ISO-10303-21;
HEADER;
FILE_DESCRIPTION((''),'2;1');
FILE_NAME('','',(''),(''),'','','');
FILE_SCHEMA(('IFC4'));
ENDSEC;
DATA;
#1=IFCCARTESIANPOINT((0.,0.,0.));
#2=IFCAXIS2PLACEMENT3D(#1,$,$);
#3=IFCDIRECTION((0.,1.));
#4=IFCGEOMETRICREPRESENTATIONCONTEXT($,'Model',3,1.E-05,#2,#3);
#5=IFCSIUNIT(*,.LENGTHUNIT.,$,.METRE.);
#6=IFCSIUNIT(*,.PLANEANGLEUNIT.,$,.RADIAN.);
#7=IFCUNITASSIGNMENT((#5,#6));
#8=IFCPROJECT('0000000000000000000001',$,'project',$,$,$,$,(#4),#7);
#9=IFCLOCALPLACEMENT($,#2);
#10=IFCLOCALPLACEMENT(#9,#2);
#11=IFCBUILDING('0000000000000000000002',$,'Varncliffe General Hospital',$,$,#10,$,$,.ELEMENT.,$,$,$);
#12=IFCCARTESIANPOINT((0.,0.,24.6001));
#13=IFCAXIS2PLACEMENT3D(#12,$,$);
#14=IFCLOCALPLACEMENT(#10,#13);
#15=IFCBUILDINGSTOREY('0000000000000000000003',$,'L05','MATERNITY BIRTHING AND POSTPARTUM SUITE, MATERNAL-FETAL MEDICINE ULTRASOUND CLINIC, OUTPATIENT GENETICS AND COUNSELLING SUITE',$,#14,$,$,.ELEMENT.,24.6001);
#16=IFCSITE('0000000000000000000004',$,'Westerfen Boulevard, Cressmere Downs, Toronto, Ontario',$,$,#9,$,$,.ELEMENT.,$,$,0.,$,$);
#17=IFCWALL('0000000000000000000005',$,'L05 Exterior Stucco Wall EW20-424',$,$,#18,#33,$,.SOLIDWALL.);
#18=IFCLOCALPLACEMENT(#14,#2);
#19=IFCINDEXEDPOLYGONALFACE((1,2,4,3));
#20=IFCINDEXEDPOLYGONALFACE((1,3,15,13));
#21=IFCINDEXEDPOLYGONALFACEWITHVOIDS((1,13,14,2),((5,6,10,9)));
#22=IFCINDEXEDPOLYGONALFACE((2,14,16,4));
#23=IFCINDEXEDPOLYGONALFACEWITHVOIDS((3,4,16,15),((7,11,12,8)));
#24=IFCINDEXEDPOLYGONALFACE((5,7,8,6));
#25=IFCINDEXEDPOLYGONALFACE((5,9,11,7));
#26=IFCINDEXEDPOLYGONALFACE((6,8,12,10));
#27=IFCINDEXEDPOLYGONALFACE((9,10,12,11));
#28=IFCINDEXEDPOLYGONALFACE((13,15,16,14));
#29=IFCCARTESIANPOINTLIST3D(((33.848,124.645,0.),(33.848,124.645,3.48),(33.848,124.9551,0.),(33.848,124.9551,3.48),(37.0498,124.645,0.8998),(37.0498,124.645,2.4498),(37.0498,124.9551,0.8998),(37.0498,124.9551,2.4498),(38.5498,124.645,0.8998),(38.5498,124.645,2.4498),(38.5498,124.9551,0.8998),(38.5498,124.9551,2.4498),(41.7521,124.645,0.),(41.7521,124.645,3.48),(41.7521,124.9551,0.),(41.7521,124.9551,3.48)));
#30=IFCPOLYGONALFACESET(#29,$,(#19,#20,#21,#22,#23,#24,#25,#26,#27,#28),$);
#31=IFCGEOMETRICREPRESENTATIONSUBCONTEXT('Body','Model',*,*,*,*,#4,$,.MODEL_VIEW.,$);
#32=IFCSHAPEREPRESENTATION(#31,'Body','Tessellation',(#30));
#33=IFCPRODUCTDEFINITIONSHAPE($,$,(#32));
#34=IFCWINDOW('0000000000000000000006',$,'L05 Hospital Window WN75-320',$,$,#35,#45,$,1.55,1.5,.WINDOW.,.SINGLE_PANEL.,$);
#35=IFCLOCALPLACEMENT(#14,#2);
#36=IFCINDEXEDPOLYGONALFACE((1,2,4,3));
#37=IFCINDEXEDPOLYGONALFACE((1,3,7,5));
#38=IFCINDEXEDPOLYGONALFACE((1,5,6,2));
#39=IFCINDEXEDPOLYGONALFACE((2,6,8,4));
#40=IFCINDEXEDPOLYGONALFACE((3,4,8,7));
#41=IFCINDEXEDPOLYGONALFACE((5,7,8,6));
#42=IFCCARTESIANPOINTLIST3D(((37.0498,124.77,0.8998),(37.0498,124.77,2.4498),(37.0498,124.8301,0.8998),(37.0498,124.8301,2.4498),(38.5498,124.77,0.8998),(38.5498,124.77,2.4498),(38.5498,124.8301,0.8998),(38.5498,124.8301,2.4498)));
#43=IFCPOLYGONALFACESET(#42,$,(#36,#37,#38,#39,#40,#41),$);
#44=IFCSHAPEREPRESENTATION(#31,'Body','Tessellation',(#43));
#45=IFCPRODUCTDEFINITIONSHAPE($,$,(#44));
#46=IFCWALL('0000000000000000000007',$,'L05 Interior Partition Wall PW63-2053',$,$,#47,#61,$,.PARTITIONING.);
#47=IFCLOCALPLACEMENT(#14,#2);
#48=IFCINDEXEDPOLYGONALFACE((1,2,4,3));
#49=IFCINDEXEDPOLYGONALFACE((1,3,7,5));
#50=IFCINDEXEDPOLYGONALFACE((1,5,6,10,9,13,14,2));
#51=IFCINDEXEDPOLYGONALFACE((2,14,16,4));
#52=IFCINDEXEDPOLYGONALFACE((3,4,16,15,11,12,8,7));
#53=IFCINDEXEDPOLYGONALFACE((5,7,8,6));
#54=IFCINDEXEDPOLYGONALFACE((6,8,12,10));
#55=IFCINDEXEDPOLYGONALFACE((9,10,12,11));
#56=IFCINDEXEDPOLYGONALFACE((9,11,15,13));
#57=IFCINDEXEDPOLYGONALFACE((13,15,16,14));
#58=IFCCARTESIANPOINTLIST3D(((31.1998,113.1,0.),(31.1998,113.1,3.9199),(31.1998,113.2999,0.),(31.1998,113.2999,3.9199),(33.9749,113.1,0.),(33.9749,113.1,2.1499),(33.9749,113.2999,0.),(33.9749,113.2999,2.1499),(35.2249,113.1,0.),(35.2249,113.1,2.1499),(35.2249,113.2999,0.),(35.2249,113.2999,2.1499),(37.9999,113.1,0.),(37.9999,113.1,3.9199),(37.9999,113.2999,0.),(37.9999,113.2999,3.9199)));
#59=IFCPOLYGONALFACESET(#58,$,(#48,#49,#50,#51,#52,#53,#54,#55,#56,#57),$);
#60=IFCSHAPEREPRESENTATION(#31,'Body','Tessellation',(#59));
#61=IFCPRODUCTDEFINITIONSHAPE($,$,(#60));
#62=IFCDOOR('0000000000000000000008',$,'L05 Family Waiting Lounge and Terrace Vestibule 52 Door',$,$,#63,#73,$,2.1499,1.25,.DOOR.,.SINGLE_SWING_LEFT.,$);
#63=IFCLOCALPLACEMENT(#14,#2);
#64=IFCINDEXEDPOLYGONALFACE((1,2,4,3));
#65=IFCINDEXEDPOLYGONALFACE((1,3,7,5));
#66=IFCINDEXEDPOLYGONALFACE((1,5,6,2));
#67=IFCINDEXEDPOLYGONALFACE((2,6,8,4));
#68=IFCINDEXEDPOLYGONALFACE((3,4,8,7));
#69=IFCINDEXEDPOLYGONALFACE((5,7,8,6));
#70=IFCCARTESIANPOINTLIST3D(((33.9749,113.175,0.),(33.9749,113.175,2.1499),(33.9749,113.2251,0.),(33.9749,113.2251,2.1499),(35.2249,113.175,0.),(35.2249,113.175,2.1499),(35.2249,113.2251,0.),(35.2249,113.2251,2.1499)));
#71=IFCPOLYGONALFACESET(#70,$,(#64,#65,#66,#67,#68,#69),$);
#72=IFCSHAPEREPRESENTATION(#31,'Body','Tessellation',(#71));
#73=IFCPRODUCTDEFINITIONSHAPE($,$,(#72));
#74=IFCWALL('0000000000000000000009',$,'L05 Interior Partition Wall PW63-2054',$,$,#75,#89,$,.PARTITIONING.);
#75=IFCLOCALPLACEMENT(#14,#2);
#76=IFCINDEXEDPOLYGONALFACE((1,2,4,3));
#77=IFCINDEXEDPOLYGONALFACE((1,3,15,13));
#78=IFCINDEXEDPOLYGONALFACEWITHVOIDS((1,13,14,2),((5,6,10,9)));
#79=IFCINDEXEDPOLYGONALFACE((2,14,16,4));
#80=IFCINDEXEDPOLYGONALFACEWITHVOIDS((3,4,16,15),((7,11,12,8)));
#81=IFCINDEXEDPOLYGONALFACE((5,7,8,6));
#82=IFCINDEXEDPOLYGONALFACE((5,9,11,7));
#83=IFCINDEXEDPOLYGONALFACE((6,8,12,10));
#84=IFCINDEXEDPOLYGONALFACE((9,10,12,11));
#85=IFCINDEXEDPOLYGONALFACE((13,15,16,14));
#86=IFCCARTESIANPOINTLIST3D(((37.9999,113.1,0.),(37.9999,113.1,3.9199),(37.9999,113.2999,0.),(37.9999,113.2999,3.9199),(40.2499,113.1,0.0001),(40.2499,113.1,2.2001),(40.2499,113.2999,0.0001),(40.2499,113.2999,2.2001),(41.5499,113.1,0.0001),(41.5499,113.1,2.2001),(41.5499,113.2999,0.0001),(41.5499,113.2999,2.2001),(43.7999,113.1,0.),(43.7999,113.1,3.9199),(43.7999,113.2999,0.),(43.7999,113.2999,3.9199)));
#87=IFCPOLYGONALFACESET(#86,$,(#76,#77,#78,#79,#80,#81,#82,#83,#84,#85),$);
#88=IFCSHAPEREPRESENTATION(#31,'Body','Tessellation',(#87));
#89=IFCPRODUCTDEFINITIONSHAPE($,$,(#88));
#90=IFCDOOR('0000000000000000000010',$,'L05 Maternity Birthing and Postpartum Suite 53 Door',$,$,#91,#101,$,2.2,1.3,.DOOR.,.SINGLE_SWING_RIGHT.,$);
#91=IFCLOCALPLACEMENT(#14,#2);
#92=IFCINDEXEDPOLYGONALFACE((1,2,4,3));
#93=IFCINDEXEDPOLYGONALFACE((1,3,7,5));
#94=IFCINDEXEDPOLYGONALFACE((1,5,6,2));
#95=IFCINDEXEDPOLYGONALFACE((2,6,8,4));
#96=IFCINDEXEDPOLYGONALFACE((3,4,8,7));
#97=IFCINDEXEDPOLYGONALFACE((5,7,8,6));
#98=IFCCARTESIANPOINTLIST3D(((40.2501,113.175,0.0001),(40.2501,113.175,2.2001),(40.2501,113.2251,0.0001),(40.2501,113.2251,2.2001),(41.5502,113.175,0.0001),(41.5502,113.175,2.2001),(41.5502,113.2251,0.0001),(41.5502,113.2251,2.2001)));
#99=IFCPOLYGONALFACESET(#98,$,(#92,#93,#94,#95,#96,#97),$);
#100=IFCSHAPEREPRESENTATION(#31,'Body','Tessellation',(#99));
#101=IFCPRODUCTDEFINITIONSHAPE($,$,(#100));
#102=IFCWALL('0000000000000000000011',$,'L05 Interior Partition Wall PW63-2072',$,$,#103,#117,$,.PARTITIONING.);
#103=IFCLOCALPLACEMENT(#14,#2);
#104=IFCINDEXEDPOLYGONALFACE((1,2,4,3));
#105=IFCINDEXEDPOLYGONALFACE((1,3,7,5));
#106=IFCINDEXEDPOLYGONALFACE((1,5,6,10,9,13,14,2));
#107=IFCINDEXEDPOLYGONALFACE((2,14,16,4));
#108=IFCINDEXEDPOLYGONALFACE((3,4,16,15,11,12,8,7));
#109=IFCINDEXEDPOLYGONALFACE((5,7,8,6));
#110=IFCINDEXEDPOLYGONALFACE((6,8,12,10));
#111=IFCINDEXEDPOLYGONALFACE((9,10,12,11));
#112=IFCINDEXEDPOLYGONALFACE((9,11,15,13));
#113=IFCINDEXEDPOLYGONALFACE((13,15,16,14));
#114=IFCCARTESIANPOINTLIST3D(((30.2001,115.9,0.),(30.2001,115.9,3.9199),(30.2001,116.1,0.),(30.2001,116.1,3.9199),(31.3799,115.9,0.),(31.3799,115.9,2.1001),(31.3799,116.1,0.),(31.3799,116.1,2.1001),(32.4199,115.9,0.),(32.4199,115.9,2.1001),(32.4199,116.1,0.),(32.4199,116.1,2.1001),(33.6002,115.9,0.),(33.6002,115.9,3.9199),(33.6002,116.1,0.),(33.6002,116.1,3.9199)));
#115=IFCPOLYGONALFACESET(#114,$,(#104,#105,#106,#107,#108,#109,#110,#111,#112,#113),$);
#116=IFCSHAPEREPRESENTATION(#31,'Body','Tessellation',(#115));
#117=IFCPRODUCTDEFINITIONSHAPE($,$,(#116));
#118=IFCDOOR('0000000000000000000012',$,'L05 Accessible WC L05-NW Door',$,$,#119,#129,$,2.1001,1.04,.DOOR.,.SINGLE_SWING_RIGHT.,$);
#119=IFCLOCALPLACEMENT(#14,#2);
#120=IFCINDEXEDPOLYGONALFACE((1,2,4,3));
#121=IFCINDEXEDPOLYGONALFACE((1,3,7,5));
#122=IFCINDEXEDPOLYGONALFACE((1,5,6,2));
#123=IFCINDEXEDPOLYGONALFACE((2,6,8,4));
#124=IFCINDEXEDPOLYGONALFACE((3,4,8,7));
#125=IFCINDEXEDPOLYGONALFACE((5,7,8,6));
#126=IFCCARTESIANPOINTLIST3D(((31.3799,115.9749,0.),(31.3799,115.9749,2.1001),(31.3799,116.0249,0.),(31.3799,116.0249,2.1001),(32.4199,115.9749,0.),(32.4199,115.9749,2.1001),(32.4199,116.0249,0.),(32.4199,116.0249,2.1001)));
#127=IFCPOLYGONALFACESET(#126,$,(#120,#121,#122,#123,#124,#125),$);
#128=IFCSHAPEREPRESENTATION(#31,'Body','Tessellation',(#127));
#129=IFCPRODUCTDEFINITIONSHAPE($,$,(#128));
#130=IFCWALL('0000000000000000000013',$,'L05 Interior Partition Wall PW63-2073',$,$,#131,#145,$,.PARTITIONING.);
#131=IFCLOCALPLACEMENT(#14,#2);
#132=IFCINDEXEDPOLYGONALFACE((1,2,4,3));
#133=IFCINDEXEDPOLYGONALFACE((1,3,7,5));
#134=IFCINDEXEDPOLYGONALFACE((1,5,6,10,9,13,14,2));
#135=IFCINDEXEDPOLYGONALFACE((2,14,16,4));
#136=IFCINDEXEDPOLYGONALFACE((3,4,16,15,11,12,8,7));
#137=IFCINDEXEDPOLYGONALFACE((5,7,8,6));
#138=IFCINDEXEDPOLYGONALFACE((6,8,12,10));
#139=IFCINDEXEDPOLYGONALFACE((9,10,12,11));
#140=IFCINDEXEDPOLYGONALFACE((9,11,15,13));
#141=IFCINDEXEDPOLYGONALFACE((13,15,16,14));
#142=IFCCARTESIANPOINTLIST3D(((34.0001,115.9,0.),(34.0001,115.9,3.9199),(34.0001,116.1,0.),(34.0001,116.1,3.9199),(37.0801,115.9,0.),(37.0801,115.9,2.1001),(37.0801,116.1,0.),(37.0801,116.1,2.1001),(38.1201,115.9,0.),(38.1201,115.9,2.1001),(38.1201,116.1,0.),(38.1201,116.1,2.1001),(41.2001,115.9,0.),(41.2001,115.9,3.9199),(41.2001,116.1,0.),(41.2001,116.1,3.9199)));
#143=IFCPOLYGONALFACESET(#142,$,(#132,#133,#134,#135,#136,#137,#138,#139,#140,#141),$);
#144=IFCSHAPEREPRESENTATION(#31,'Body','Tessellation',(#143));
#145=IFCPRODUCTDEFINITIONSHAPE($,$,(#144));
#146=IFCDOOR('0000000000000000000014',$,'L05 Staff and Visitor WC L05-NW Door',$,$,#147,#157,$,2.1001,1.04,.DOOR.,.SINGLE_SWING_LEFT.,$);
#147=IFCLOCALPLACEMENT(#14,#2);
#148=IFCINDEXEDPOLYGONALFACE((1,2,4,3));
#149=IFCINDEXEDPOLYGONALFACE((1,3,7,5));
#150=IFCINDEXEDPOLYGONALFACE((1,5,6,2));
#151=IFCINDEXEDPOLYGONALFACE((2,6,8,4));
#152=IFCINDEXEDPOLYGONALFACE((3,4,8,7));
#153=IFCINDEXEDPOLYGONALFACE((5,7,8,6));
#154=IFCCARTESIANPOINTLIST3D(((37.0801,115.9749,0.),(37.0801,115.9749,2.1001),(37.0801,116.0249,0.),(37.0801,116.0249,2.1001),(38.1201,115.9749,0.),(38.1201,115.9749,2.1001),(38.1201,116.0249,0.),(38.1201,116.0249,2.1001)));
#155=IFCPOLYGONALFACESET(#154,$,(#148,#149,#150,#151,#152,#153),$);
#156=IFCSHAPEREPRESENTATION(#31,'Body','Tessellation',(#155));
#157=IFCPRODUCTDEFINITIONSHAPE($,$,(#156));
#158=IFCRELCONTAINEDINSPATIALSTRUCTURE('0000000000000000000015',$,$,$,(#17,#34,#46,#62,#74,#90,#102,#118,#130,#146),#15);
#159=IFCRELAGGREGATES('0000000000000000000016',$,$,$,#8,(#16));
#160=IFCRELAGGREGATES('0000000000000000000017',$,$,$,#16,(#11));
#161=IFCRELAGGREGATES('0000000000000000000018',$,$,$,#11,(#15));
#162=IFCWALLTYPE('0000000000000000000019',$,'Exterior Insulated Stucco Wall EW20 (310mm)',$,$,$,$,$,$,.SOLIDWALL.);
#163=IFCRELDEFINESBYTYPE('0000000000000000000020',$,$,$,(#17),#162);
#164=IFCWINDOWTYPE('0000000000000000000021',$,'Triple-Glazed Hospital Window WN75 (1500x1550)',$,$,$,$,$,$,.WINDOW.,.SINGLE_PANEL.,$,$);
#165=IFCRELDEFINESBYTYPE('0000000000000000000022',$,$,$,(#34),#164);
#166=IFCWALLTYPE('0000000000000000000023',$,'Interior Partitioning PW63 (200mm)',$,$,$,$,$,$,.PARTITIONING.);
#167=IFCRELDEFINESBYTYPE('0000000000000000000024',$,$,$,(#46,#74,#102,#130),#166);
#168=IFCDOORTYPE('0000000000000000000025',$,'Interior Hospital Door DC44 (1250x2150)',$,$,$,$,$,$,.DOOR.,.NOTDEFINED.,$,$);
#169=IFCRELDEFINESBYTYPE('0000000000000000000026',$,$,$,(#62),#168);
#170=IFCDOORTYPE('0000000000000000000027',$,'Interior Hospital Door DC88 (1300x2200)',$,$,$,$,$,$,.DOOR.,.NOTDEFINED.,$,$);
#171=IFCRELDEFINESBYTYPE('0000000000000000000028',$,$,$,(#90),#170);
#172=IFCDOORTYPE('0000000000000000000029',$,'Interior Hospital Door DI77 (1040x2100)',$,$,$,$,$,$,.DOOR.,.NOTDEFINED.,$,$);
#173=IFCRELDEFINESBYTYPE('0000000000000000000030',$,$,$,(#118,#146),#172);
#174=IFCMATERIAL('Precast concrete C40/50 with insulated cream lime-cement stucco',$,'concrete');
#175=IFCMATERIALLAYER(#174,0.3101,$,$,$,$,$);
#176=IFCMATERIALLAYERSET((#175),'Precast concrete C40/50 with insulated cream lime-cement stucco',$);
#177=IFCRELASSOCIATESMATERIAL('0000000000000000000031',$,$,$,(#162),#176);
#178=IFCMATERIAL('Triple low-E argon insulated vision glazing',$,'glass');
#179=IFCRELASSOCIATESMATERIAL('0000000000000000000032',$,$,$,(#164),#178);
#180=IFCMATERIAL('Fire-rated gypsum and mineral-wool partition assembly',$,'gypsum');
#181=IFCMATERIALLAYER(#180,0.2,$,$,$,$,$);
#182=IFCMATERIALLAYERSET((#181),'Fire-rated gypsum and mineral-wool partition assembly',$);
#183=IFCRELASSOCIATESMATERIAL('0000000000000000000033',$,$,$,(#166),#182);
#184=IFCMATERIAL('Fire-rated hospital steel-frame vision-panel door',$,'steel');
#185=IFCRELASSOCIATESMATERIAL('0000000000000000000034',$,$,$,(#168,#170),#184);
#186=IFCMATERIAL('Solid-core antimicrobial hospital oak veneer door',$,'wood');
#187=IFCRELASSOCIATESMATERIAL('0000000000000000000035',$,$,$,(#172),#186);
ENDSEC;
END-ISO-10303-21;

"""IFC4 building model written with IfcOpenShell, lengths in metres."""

from ifc_helpers import new_model, si_unit, direction, frame, frame_2d, origin, place, context, subcontext, project, spatial, rectangle, extrude, material, layer, layer_set, type_object, element, fill, save


model = new_model("IFC4")

# Units and contexts
model_context = context("Model", 3, precision=1e-05, world=origin(), true_north=direction((0.0, 1.0)))
body_context = subcontext(model_context, "Body", "Model", "MODEL_VIEW")
ifc_project = project(units=[si_unit("LENGTHUNIT", "METRE"), si_unit("PLANEANGLEUNIT", "RADIAN")], contexts=[model_context])

# Site, building, storey
site_placement = place(None, origin())
site = spatial("IfcSite", under=ifc_project, at=site_placement, Name="Westerfen Boulevard, Cressmere Downs, Toronto, Ontario", CompositionType="ELEMENT", RefElevation=0.0)
building_placement = place(site_placement, origin())
building = spatial("IfcBuilding", under=site, at=building_placement, Name="Varncliffe General Hospital", CompositionType="ELEMENT")
storey_placement = place(building_placement, frame((0.0, 0.0, 24.6001)))
storey = spatial("IfcBuildingStorey", under=building, at=storey_placement, Name="L05", Description="MATERNITY BIRTHING AND POSTPARTUM SUITE, MATERNAL-FETAL MEDICINE ULTRASOUND CLINIC, OUTPATIENT GENETICS AND COUNSELLING SUITE", CompositionType="ELEMENT", Elevation=24.6001)

# Wall, opening, window
ifc_material_1 = material(Name="Precast concrete C40/50 with insulated cream lime-cement stucco", Category="concrete")
ifc_layer_1 = layer(ifc_material_1, 0.3101)
ifc_layer_set_1 = layer_set([ifc_layer_1], Name="Precast concrete C40/50 with insulated cream lime-cement stucco")
wall_type_1 = type_object("IfcWallType", Name="Exterior Insulated Stucco Wall EW20 (310mm)", PredefinedType="SOLIDWALL", material=ifc_layer_set_1)
wall_1_placement = place(storey_placement, frame((33.8479, 124.8, 0.0), z_axis=(0.0, 0.0, 1.0), x_axis=(1.0, 0.0, 0.0)))
wall_1 = element("IfcWall", 1, at=wall_1_placement, inside=storey, type_object=wall_type_1, Name="L05 Exterior Stucco Wall EW20-424", PredefinedType="SOLIDWALL", context=body_context, shape_type="SweptSolid", body=[
    extrude(rectangle(XDim=7.9041, YDim=0.3101, at=frame_2d((3.9521, 0.0))), origin(), (0.0, 0.0, 1.0), 3.48),
])
opening_1_placement = place(wall_1_placement, frame((3.2019, 0.0, 0.8999)))
opening_1 = element("IfcOpeningElement", 2, at=opening_1_placement, cuts=wall_1, PredefinedType="OPENING", context=body_context, shape_type="SweptSolid", body=[
    extrude(rectangle(XDim=1.5, YDim=1.55, at=frame_2d((0.75, 0.7749))), frame((0.0, 0.165, 0.0), z_axis=(0.0, -1.0, 0.0), x_axis=(1.0, 0.0, 0.0)), (0.0, 0.0, 1.0), 0.3301),
])
ifc_material_2 = material(Name="Triple low-E argon insulated vision glazing", Category="glass")
window_type = type_object("IfcWindowType", Name="Triple-Glazed Hospital Window WN75 (1500x1550)", PartitioningType="SINGLE_PANEL", PredefinedType="WINDOW", material=ifc_material_2)
window_placement = place(opening_1_placement, origin())
window = element("IfcWindow", 3, at=window_placement, inside=storey, type_object=window_type, Name="L05 Hospital Window WN75-320", OverallHeight=1.55, OverallWidth=1.5, PartitioningType="SINGLE_PANEL", PredefinedType="WINDOW", context=body_context, shape_type="SweptSolid", body=[
    extrude(rectangle(XDim=1.5, YDim=1.55, at=frame_2d((0.75, 0.7749))), frame((0.0, 0.03, 0.0), z_axis=(0.0, -1.0, 0.0), x_axis=(1.0, 0.0, 0.0)), (0.0, 0.0, 1.0), 0.0601),
])
fill(opening_1, window)

# Walls, openings, doors
ifc_material_3 = material(Name="Fire-rated gypsum and mineral-wool partition assembly", Category="gypsum")
ifc_layer_2 = layer(ifc_material_3, 0.2)
ifc_layer_set_2 = layer_set([ifc_layer_2], Name="Fire-rated gypsum and mineral-wool partition assembly")
wall_type_2 = type_object("IfcWallType", Name="Interior Partitioning PW63 (200mm)", PredefinedType="PARTITIONING", material=ifc_layer_set_2)
wall_2_placement = place(storey_placement, frame((31.2, 113.2, 0.0), z_axis=(0.0, 0.0, 1.0), x_axis=(1.0, 0.0, 0.0)))
wall_2 = element("IfcWall", 4, at=wall_2_placement, inside=storey, type_object=wall_type_2, Name="L05 Interior Partition Wall PW63-2053", PredefinedType="PARTITIONING", context=body_context, shape_type="SweptSolid", body=[
    extrude(rectangle(XDim=6.8, YDim=0.2, at=frame_2d((3.3999, 0.0))), origin(), (0.0, 0.0, 1.0), 3.9199),
])
opening_2_placement = place(wall_2_placement, frame((2.7749, 0.0, 0.0)))
opening_2 = element("IfcOpeningElement", 5, at=opening_2_placement, cuts=wall_2, PredefinedType="OPENING", context=body_context, shape_type="SweptSolid", body=[
    extrude(rectangle(XDim=1.25, YDim=2.1499, at=frame_2d((0.625, 1.075))), frame((0.0, 0.1099, 0.0), z_axis=(0.0, -1.0, 0.0), x_axis=(1.0, 0.0, 0.0)), (0.0, 0.0, 1.0), 0.22),
])
ifc_material_4 = material(Name="Fire-rated hospital steel-frame vision-panel door", Category="steel")
door_type_1 = type_object("IfcDoorType", Name="Interior Hospital Door DC44 (1250x2150)", OperationType="NOTDEFINED", PredefinedType="DOOR", material=ifc_material_4)
door_1_placement = place(opening_2_placement, frame((1.25, 0.0, 0.0), z_axis=(0.0, 0.0, 1.0), x_axis=(-1.0, 0.0, 0.0)))
door_1 = element("IfcDoor", 6, at=door_1_placement, inside=storey, type_object=door_type_1, Name="L05 Family Waiting Lounge and Terrace Vestibule 52 Door", OperationType="SINGLE_SWING_LEFT", OverallHeight=2.1499, OverallWidth=1.25, PredefinedType="DOOR", context=body_context, shape_type="SweptSolid", body=[
    extrude(rectangle(XDim=1.25, YDim=2.1499, at=frame_2d((0.625, 1.075))), frame((0.0, 0.0249, 0.0), z_axis=(0.0, -1.0, 0.0), x_axis=(1.0, 0.0, 0.0)), (0.0, 0.0, 1.0), 0.05),
])
fill(opening_2, door_1)
wall_3_placement = place(storey_placement, frame((38.0, 113.2, 0.0), z_axis=(0.0, 0.0, 1.0), x_axis=(1.0, 0.0, 0.0)))
wall_3 = element("IfcWall", 7, at=wall_3_placement, inside=storey, type_object=wall_type_2, Name="L05 Interior Partition Wall PW63-2054", PredefinedType="PARTITIONING", context=body_context, shape_type="SweptSolid", body=[
    extrude(rectangle(XDim=5.8, YDim=0.2, at=frame_2d((2.8999, 0.0))), origin(), (0.0, 0.0, 1.0), 3.9199),
])
opening_3_placement = place(wall_3_placement, frame((2.25, 0.0, 0.0)))
opening_3 = element("IfcOpeningElement", 8, at=opening_3_placement, cuts=wall_3, PredefinedType="OPENING", context=body_context, shape_type="SweptSolid", body=[
    extrude(rectangle(XDim=1.3, YDim=2.2, at=frame_2d((0.6499, 1.1001))), frame((0.0, 0.1099, 0.0), z_axis=(0.0, -1.0, 0.0), x_axis=(1.0, 0.0, 0.0)), (0.0, 0.0, 1.0), 0.22),
])
door_type_2 = type_object("IfcDoorType", Name="Interior Hospital Door DC88 (1300x2200)", OperationType="NOTDEFINED", PredefinedType="DOOR", material=ifc_material_4)
door_2_placement = place(opening_3_placement, frame((1.3, 0.0, 0.0), z_axis=(0.0, 0.0, 1.0), x_axis=(-1.0, 0.0, 0.0)))
door_2 = element("IfcDoor", 9, at=door_2_placement, inside=storey, type_object=door_type_2, Name="L05 Maternity Birthing and Postpartum Suite 53 Door", OperationType="SINGLE_SWING_RIGHT", OverallHeight=2.2, OverallWidth=1.3, PredefinedType="DOOR", context=body_context, shape_type="SweptSolid", body=[
    extrude(rectangle(XDim=1.3, YDim=2.2, at=frame_2d((0.6499, 1.1001))), frame((0.0, 0.0249, 0.0), z_axis=(0.0, -1.0, 0.0), x_axis=(1.0, 0.0, 0.0)), (0.0, 0.0, 1.0), 0.05),
])
fill(opening_3, door_2)
wall_4_placement = place(storey_placement, frame((30.2, 116.0, 0.0), z_axis=(0.0, 0.0, 1.0), x_axis=(1.0, 0.0, 0.0)))
wall_4 = element("IfcWall", 10, at=wall_4_placement, inside=storey, type_object=wall_type_2, Name="L05 Interior Partition Wall PW63-2072", PredefinedType="PARTITIONING", context=body_context, shape_type="SweptSolid", body=[
    extrude(rectangle(XDim=3.4001, YDim=0.2, at=frame_2d((1.7002, 0.0))), origin(), (0.0, 0.0, 1.0), 3.9199),
])
opening_4_placement = place(wall_4_placement, frame((1.1799, 0.0, 0.0)))
opening_4 = element("IfcOpeningElement", 11, at=opening_4_placement, cuts=wall_4, PredefinedType="OPENING", context=body_context, shape_type="SweptSolid", body=[
    extrude(rectangle(XDim=1.04, YDim=2.1001, at=frame_2d((0.52, 1.05))), frame((0.0, 0.1099, 0.0), z_axis=(0.0, -1.0, 0.0), x_axis=(1.0, 0.0, 0.0)), (0.0, 0.0, 1.0), 0.22),
])
ifc_material_5 = material(Name="Solid-core antimicrobial hospital oak veneer door", Category="wood")
door_type_3 = type_object("IfcDoorType", Name="Interior Hospital Door DI77 (1040x2100)", OperationType="NOTDEFINED", PredefinedType="DOOR", material=ifc_material_5)
door_3_placement = place(opening_4_placement, origin())
door_3 = element("IfcDoor", 12, at=door_3_placement, inside=storey, type_object=door_type_3, Name="L05 Accessible WC L05-NW Door", OperationType="SINGLE_SWING_RIGHT", OverallHeight=2.1001, OverallWidth=1.04, PredefinedType="DOOR", context=body_context, shape_type="SweptSolid", body=[
    extrude(rectangle(XDim=1.04, YDim=2.1001, at=frame_2d((0.52, 1.05))), frame((0.0, 0.0249, 0.0), z_axis=(0.0, -1.0, 0.0), x_axis=(1.0, 0.0, 0.0)), (0.0, 0.0, 1.0), 0.05),
])
fill(opening_4, door_3)
wall_5_placement = place(storey_placement, frame((34.0, 116.0, 0.0), z_axis=(0.0, 0.0, 1.0), x_axis=(1.0, 0.0, 0.0)))
wall_5 = element("IfcWall", 13, at=wall_5_placement, inside=storey, type_object=wall_type_2, Name="L05 Interior Partition Wall PW63-2073", PredefinedType="PARTITIONING", context=body_context, shape_type="SweptSolid", body=[
    extrude(rectangle(XDim=7.2, YDim=0.2, at=frame_2d((3.6001, 0.0))), origin(), (0.0, 0.0, 1.0), 3.9199),
])
opening_5_placement = place(wall_5_placement, frame((3.0801, 0.0, 0.0)))
opening_5 = element("IfcOpeningElement", 14, at=opening_5_placement, cuts=wall_5, PredefinedType="OPENING", context=body_context, shape_type="SweptSolid", body=[
    extrude(rectangle(XDim=1.04, YDim=2.1001, at=frame_2d((0.52, 1.05))), frame((0.0, 0.1099, 0.0), z_axis=(0.0, -1.0, 0.0), x_axis=(1.0, 0.0, 0.0)), (0.0, 0.0, 1.0), 0.22),
])
door_4_placement = place(opening_5_placement, origin())
door_4 = element("IfcDoor", 15, at=door_4_placement, inside=storey, type_object=door_type_3, Name="L05 Staff and Visitor WC L05-NW Door", OperationType="SINGLE_SWING_LEFT", OverallHeight=2.1001, OverallWidth=1.04, PredefinedType="DOOR", context=body_context, shape_type="SweptSolid", body=[
    extrude(rectangle(XDim=1.04, YDim=2.1001, at=frame_2d((0.52, 1.05))), frame((0.0, 0.0249, 0.0), z_axis=(0.0, -1.0, 0.0), x_axis=(1.0, 0.0, 0.0)), (0.0, 0.0, 1.0), 0.05),
])
fill(opening_5, door_4)

save(model, "model.ifc")
